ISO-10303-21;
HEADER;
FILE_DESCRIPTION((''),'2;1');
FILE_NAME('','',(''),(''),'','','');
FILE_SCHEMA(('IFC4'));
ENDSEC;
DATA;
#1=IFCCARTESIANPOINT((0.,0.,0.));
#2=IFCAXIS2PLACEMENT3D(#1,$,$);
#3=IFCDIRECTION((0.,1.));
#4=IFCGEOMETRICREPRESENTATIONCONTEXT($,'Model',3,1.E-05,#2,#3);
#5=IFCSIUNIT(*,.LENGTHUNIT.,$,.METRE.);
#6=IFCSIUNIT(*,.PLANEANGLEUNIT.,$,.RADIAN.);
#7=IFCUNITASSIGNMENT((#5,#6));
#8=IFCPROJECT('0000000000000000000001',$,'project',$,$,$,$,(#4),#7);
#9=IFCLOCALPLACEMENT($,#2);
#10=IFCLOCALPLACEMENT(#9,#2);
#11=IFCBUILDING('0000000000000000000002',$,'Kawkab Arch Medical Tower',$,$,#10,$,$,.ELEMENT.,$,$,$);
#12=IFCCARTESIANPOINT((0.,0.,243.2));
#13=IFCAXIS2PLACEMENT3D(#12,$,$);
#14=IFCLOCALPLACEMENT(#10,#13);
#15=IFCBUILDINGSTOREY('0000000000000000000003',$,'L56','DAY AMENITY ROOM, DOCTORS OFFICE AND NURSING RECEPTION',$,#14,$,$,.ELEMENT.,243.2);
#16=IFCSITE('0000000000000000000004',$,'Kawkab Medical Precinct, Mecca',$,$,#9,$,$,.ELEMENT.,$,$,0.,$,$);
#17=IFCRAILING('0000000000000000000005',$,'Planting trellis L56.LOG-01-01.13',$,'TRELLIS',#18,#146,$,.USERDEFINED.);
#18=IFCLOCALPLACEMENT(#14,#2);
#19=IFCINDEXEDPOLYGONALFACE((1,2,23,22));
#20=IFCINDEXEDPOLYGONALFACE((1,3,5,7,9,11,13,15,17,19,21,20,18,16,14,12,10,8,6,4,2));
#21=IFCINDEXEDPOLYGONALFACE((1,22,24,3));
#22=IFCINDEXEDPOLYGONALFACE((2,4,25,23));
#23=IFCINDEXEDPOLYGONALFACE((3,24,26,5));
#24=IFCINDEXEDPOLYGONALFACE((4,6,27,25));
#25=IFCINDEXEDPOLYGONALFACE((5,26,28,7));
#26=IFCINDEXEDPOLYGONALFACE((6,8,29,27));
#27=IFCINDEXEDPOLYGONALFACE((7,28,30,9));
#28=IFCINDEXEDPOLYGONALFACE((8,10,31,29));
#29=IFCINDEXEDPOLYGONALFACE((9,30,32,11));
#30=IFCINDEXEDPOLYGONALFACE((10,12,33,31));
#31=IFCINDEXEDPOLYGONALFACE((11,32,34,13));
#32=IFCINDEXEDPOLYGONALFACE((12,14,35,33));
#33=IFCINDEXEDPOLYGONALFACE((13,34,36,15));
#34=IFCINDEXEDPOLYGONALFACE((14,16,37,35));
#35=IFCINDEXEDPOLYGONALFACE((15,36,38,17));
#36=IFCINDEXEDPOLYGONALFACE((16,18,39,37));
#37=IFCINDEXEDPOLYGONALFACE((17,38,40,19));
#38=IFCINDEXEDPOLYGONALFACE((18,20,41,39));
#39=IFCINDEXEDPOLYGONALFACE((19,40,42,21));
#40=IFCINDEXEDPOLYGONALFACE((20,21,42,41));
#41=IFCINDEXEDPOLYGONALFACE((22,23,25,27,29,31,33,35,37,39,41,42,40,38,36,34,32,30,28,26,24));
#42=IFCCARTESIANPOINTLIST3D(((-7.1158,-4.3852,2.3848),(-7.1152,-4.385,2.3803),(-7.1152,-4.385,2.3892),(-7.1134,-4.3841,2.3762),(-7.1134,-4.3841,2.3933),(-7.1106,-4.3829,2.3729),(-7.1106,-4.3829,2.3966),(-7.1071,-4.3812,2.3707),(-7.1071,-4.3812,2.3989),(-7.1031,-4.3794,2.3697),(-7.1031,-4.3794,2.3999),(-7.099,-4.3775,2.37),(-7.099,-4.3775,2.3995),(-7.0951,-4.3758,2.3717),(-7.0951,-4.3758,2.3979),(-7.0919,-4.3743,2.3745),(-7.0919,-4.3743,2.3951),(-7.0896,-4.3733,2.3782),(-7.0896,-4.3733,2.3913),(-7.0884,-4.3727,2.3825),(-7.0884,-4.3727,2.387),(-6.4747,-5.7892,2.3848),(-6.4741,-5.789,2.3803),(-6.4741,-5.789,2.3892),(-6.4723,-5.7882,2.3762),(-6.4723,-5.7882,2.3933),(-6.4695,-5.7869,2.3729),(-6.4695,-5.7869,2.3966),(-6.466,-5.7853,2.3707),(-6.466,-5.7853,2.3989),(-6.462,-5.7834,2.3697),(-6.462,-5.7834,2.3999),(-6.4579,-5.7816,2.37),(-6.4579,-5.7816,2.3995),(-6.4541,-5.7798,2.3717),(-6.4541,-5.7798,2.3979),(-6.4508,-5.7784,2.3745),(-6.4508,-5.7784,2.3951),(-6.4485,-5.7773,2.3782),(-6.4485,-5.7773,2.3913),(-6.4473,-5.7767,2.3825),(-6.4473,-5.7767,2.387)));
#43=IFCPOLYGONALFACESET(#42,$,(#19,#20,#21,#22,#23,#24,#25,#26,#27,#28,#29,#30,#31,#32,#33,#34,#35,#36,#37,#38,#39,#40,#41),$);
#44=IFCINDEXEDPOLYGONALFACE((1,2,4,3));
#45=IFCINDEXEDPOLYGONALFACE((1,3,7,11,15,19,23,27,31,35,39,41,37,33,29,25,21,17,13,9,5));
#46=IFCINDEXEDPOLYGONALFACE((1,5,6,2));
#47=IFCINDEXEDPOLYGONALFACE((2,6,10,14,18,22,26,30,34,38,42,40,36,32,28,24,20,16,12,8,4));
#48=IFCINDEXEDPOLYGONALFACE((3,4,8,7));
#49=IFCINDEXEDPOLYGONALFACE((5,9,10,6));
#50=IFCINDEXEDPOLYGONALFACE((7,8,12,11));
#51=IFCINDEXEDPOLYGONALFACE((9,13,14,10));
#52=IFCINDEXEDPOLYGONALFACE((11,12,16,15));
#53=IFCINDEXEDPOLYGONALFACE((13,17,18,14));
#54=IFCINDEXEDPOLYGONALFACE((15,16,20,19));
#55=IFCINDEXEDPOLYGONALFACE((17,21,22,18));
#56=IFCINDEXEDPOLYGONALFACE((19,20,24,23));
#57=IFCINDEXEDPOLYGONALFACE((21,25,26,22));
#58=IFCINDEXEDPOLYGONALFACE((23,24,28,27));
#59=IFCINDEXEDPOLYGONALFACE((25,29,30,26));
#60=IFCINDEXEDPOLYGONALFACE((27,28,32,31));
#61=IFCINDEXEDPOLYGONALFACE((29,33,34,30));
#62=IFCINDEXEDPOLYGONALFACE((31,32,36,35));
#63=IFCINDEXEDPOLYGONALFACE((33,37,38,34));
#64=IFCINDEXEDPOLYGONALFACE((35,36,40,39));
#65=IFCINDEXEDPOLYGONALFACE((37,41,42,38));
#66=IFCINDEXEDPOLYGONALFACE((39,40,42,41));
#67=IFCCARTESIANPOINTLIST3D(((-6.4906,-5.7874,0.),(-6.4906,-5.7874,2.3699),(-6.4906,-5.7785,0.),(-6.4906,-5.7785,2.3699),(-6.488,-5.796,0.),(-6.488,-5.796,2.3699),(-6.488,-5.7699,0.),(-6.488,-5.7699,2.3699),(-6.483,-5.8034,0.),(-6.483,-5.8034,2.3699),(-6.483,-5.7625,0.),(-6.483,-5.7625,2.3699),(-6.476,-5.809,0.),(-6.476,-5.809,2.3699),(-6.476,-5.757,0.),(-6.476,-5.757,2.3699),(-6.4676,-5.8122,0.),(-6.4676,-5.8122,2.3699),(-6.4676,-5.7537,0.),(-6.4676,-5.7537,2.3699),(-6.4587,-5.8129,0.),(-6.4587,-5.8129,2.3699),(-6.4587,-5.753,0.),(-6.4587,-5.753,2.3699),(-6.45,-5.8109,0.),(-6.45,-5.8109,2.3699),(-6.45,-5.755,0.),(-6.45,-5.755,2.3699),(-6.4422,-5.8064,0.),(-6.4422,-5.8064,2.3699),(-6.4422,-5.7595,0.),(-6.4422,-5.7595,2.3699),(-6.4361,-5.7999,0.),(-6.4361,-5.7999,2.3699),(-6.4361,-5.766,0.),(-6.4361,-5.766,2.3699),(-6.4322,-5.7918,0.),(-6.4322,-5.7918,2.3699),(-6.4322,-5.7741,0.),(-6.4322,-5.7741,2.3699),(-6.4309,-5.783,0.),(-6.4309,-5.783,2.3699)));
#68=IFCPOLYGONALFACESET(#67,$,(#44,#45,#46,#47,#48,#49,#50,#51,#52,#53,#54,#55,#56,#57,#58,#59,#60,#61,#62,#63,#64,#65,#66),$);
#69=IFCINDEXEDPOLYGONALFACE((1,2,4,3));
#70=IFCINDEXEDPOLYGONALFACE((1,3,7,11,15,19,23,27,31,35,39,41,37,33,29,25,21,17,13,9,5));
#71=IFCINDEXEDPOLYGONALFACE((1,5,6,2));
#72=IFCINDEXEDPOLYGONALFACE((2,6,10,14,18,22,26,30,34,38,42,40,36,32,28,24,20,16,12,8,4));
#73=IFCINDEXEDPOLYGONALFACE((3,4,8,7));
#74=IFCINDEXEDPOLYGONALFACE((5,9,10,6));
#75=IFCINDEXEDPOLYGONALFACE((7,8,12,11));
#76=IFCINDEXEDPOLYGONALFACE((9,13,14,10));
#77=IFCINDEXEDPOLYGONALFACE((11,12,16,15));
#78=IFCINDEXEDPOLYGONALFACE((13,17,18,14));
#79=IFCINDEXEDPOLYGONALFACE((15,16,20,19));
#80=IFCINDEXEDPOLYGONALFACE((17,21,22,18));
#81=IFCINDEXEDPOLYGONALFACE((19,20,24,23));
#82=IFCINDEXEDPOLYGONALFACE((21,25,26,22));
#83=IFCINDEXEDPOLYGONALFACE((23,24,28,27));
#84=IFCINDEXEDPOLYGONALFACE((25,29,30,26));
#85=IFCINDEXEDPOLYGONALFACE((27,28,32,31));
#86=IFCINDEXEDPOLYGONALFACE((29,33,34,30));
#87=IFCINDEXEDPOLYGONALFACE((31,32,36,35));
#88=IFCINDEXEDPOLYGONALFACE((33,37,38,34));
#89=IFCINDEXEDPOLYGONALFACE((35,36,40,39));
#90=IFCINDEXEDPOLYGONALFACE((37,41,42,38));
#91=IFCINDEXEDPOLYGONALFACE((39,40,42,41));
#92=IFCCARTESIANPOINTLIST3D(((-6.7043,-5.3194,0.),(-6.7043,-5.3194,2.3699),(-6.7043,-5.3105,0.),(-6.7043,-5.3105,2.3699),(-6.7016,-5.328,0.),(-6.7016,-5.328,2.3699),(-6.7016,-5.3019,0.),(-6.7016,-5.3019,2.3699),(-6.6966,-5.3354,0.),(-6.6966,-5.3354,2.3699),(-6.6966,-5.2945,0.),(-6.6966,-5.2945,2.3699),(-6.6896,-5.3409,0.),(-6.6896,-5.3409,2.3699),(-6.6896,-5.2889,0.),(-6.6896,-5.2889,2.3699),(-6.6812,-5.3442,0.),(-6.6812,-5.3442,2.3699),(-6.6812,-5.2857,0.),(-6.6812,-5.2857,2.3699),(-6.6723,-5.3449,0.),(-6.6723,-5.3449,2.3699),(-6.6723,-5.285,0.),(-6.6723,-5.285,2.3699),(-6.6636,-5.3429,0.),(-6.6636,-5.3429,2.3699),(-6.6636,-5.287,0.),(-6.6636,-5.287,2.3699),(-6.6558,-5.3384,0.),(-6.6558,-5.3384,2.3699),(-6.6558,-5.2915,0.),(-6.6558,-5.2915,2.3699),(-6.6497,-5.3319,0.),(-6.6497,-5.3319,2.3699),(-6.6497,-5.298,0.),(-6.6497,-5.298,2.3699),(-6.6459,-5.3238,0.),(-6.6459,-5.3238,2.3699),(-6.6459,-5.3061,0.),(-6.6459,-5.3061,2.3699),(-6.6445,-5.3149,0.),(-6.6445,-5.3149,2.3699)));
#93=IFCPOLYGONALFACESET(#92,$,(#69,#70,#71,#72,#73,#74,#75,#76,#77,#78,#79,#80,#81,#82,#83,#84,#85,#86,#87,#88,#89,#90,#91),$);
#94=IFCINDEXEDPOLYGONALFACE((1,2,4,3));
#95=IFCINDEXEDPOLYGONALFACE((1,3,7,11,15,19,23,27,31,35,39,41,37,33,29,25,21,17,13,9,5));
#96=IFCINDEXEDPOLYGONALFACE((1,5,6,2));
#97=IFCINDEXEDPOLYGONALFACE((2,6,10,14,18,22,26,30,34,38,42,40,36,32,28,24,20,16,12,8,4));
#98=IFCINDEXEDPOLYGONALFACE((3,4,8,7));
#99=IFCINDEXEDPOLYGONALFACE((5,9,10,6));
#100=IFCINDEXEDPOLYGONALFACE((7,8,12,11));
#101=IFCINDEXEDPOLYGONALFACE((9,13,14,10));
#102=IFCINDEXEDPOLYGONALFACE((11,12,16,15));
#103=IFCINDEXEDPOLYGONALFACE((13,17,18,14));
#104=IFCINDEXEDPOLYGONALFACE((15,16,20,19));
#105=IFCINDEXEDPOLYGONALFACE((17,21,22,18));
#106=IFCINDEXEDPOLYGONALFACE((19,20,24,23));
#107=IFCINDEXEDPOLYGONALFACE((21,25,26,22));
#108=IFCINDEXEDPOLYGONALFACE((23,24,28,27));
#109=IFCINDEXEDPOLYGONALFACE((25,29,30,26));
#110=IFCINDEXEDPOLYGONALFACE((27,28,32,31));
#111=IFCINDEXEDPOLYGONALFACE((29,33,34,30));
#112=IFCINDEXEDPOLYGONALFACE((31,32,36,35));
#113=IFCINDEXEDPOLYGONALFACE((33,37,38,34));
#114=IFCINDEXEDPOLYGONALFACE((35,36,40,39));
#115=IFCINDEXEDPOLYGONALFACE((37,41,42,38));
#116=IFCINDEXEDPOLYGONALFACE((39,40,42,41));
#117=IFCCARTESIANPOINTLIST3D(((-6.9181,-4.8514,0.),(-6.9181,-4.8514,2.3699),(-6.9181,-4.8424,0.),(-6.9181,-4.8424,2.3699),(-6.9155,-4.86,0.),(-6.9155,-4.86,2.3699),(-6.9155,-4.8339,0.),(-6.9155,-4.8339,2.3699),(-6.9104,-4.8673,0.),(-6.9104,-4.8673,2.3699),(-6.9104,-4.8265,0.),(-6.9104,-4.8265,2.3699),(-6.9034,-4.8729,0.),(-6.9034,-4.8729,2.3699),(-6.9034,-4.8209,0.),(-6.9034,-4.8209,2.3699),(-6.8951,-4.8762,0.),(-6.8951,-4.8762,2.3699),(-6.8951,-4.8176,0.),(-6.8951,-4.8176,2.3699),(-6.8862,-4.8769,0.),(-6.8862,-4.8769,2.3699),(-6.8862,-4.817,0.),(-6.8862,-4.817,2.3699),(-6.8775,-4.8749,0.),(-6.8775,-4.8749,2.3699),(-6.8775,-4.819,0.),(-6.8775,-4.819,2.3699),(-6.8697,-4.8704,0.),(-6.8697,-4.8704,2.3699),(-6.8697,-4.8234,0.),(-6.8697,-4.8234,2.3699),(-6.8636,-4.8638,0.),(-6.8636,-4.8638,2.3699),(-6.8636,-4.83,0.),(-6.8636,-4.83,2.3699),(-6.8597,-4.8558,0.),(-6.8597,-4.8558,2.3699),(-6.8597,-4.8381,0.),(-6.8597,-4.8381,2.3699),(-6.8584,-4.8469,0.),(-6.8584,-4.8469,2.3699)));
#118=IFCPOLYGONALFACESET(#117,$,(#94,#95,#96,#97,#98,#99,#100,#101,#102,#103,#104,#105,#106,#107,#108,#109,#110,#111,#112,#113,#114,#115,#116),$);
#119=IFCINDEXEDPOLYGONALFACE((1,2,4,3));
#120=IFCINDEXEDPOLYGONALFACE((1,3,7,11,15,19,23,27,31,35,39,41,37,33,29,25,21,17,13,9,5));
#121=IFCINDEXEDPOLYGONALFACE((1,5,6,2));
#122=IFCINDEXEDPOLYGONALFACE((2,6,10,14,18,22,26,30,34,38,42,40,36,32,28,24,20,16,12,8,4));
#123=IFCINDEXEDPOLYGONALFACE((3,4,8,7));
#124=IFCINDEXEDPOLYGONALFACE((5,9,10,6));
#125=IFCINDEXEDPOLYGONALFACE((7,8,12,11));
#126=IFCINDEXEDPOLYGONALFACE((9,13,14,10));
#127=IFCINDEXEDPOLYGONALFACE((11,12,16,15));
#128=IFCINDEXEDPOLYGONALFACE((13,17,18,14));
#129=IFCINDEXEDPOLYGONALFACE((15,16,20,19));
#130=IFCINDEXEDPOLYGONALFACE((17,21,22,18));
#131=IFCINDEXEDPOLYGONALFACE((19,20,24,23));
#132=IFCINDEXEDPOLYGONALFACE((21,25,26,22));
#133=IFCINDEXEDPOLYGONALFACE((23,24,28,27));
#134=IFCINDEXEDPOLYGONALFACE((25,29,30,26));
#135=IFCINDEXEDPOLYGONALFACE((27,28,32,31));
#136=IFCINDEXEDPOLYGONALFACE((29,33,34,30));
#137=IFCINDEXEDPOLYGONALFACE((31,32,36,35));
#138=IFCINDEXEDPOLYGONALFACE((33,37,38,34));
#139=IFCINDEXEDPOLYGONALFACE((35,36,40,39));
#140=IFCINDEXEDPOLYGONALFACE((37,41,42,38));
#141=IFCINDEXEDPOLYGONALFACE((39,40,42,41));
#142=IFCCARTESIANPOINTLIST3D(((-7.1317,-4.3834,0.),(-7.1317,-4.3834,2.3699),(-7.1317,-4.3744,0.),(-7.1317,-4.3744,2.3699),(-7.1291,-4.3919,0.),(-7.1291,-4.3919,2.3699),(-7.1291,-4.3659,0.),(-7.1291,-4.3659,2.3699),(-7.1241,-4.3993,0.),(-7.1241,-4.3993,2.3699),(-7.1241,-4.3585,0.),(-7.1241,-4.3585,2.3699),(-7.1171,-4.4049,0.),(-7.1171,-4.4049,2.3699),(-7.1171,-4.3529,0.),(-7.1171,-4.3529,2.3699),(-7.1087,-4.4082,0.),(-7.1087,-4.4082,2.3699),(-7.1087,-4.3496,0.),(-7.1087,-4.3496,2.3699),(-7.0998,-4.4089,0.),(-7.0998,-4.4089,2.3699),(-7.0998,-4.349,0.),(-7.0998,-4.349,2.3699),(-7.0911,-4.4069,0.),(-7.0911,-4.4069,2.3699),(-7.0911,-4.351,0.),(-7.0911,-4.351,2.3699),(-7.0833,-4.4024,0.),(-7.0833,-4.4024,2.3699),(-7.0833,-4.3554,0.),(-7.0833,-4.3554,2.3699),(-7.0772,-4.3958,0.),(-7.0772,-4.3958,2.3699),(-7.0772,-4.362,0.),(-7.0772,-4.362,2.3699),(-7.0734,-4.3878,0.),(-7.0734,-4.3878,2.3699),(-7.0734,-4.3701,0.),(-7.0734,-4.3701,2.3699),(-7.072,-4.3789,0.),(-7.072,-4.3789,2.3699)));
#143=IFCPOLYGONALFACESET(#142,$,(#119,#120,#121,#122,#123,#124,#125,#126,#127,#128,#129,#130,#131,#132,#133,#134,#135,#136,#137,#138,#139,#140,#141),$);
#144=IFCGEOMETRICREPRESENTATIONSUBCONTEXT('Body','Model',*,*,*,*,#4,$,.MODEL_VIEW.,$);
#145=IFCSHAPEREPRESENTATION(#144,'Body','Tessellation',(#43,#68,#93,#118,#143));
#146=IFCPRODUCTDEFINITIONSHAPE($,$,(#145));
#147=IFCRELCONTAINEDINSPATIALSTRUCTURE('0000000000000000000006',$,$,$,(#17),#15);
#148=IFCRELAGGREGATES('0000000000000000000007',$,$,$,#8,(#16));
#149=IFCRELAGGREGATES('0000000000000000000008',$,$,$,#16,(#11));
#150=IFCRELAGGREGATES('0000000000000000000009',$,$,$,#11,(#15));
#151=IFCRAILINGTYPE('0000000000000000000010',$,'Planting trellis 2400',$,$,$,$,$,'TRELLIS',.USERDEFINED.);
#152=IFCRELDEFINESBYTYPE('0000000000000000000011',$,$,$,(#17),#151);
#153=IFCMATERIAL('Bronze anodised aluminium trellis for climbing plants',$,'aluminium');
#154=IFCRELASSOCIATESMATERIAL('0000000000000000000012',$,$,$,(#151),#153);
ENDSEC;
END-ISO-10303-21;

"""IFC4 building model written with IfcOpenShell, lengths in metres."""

from ifc_helpers import new_model, si_unit, direction, frame, origin, origin_2d, place, context, subcontext, project, spatial, circle, extrude, material, type_object, element, save


model = new_model("IFC4")

# Units and contexts
model_context = context("Model", 3, precision=1e-05, world=origin(), true_north=direction((0.0, 1.0)))
body_context = subcontext(model_context, "Body", "Model", "MODEL_VIEW")
ifc_project = project(units=[si_unit("LENGTHUNIT", "METRE"), si_unit("PLANEANGLEUNIT", "RADIAN")], contexts=[model_context])

# Site, building, storey
site_placement = place(None, origin())
site = spatial("IfcSite", under=ifc_project, at=site_placement, Name="Kawkab Medical Precinct, Mecca", CompositionType="ELEMENT", RefElevation=0.0)
building_placement = place(site_placement, origin())
building = spatial("IfcBuilding", under=site, at=building_placement, Name="Kawkab Arch Medical Tower", CompositionType="ELEMENT")
storey_placement = place(building_placement, frame((0.0, 0.0, 243.2)))
storey = spatial("IfcBuildingStorey", under=building, at=storey_placement, Name="L56", Description="DAY AMENITY ROOM, DOCTORS OFFICE AND NURSING RECEPTION", CompositionType="ELEMENT", Elevation=243.2)

# Railing
ifc_material_1 = material(Name="Bronze anodised aluminium trellis for climbing plants", Category="aluminium")
railing_type = type_object("IfcRailingType", Name="Planting trellis 2400", ElementType="TRELLIS", PredefinedType="USERDEFINED", material=ifc_material_1)
railing_1_placement = place(storey_placement, frame((-6.4609, -5.783, 0.0)))
element("IfcRailing", 1, at=railing_1_placement, inside=storey, type_object=railing_type, Name="Planting trellis L56.LOG-01-01.13", ObjectType="TRELLIS", PredefinedType="USERDEFINED", context=body_context, shape_type="SweptSolid", body=[
    extrude(circle(Radius=0.0151, at=origin_2d()), frame((0.0, 0.0, 2.3848), z_axis=(-0.415363, 0.909656, 0.0), x_axis=(-0.909656, -0.415363, 0.0)), (0.0, 0.0, 1.0), 1.5435),
    extrude(circle(Radius=0.03, at=origin_2d()), origin(), (0.0, 0.0, 1.0), 2.3699),
    extrude(circle(Radius=0.03, at=origin_2d()), frame((-0.2136, 0.468, 0.0)), (0.0, 0.0, 1.0), 2.3699),
    extrude(circle(Radius=0.03, at=origin_2d()), frame((-0.4275, 0.936, 0.0)), (0.0, 0.0, 1.0), 2.3699),
    extrude(circle(Radius=0.03, at=origin_2d()), frame((-0.6411, 1.4041, 0.0)), (0.0, 0.0, 1.0), 2.3699),
])

save(model, "model.ifc")
